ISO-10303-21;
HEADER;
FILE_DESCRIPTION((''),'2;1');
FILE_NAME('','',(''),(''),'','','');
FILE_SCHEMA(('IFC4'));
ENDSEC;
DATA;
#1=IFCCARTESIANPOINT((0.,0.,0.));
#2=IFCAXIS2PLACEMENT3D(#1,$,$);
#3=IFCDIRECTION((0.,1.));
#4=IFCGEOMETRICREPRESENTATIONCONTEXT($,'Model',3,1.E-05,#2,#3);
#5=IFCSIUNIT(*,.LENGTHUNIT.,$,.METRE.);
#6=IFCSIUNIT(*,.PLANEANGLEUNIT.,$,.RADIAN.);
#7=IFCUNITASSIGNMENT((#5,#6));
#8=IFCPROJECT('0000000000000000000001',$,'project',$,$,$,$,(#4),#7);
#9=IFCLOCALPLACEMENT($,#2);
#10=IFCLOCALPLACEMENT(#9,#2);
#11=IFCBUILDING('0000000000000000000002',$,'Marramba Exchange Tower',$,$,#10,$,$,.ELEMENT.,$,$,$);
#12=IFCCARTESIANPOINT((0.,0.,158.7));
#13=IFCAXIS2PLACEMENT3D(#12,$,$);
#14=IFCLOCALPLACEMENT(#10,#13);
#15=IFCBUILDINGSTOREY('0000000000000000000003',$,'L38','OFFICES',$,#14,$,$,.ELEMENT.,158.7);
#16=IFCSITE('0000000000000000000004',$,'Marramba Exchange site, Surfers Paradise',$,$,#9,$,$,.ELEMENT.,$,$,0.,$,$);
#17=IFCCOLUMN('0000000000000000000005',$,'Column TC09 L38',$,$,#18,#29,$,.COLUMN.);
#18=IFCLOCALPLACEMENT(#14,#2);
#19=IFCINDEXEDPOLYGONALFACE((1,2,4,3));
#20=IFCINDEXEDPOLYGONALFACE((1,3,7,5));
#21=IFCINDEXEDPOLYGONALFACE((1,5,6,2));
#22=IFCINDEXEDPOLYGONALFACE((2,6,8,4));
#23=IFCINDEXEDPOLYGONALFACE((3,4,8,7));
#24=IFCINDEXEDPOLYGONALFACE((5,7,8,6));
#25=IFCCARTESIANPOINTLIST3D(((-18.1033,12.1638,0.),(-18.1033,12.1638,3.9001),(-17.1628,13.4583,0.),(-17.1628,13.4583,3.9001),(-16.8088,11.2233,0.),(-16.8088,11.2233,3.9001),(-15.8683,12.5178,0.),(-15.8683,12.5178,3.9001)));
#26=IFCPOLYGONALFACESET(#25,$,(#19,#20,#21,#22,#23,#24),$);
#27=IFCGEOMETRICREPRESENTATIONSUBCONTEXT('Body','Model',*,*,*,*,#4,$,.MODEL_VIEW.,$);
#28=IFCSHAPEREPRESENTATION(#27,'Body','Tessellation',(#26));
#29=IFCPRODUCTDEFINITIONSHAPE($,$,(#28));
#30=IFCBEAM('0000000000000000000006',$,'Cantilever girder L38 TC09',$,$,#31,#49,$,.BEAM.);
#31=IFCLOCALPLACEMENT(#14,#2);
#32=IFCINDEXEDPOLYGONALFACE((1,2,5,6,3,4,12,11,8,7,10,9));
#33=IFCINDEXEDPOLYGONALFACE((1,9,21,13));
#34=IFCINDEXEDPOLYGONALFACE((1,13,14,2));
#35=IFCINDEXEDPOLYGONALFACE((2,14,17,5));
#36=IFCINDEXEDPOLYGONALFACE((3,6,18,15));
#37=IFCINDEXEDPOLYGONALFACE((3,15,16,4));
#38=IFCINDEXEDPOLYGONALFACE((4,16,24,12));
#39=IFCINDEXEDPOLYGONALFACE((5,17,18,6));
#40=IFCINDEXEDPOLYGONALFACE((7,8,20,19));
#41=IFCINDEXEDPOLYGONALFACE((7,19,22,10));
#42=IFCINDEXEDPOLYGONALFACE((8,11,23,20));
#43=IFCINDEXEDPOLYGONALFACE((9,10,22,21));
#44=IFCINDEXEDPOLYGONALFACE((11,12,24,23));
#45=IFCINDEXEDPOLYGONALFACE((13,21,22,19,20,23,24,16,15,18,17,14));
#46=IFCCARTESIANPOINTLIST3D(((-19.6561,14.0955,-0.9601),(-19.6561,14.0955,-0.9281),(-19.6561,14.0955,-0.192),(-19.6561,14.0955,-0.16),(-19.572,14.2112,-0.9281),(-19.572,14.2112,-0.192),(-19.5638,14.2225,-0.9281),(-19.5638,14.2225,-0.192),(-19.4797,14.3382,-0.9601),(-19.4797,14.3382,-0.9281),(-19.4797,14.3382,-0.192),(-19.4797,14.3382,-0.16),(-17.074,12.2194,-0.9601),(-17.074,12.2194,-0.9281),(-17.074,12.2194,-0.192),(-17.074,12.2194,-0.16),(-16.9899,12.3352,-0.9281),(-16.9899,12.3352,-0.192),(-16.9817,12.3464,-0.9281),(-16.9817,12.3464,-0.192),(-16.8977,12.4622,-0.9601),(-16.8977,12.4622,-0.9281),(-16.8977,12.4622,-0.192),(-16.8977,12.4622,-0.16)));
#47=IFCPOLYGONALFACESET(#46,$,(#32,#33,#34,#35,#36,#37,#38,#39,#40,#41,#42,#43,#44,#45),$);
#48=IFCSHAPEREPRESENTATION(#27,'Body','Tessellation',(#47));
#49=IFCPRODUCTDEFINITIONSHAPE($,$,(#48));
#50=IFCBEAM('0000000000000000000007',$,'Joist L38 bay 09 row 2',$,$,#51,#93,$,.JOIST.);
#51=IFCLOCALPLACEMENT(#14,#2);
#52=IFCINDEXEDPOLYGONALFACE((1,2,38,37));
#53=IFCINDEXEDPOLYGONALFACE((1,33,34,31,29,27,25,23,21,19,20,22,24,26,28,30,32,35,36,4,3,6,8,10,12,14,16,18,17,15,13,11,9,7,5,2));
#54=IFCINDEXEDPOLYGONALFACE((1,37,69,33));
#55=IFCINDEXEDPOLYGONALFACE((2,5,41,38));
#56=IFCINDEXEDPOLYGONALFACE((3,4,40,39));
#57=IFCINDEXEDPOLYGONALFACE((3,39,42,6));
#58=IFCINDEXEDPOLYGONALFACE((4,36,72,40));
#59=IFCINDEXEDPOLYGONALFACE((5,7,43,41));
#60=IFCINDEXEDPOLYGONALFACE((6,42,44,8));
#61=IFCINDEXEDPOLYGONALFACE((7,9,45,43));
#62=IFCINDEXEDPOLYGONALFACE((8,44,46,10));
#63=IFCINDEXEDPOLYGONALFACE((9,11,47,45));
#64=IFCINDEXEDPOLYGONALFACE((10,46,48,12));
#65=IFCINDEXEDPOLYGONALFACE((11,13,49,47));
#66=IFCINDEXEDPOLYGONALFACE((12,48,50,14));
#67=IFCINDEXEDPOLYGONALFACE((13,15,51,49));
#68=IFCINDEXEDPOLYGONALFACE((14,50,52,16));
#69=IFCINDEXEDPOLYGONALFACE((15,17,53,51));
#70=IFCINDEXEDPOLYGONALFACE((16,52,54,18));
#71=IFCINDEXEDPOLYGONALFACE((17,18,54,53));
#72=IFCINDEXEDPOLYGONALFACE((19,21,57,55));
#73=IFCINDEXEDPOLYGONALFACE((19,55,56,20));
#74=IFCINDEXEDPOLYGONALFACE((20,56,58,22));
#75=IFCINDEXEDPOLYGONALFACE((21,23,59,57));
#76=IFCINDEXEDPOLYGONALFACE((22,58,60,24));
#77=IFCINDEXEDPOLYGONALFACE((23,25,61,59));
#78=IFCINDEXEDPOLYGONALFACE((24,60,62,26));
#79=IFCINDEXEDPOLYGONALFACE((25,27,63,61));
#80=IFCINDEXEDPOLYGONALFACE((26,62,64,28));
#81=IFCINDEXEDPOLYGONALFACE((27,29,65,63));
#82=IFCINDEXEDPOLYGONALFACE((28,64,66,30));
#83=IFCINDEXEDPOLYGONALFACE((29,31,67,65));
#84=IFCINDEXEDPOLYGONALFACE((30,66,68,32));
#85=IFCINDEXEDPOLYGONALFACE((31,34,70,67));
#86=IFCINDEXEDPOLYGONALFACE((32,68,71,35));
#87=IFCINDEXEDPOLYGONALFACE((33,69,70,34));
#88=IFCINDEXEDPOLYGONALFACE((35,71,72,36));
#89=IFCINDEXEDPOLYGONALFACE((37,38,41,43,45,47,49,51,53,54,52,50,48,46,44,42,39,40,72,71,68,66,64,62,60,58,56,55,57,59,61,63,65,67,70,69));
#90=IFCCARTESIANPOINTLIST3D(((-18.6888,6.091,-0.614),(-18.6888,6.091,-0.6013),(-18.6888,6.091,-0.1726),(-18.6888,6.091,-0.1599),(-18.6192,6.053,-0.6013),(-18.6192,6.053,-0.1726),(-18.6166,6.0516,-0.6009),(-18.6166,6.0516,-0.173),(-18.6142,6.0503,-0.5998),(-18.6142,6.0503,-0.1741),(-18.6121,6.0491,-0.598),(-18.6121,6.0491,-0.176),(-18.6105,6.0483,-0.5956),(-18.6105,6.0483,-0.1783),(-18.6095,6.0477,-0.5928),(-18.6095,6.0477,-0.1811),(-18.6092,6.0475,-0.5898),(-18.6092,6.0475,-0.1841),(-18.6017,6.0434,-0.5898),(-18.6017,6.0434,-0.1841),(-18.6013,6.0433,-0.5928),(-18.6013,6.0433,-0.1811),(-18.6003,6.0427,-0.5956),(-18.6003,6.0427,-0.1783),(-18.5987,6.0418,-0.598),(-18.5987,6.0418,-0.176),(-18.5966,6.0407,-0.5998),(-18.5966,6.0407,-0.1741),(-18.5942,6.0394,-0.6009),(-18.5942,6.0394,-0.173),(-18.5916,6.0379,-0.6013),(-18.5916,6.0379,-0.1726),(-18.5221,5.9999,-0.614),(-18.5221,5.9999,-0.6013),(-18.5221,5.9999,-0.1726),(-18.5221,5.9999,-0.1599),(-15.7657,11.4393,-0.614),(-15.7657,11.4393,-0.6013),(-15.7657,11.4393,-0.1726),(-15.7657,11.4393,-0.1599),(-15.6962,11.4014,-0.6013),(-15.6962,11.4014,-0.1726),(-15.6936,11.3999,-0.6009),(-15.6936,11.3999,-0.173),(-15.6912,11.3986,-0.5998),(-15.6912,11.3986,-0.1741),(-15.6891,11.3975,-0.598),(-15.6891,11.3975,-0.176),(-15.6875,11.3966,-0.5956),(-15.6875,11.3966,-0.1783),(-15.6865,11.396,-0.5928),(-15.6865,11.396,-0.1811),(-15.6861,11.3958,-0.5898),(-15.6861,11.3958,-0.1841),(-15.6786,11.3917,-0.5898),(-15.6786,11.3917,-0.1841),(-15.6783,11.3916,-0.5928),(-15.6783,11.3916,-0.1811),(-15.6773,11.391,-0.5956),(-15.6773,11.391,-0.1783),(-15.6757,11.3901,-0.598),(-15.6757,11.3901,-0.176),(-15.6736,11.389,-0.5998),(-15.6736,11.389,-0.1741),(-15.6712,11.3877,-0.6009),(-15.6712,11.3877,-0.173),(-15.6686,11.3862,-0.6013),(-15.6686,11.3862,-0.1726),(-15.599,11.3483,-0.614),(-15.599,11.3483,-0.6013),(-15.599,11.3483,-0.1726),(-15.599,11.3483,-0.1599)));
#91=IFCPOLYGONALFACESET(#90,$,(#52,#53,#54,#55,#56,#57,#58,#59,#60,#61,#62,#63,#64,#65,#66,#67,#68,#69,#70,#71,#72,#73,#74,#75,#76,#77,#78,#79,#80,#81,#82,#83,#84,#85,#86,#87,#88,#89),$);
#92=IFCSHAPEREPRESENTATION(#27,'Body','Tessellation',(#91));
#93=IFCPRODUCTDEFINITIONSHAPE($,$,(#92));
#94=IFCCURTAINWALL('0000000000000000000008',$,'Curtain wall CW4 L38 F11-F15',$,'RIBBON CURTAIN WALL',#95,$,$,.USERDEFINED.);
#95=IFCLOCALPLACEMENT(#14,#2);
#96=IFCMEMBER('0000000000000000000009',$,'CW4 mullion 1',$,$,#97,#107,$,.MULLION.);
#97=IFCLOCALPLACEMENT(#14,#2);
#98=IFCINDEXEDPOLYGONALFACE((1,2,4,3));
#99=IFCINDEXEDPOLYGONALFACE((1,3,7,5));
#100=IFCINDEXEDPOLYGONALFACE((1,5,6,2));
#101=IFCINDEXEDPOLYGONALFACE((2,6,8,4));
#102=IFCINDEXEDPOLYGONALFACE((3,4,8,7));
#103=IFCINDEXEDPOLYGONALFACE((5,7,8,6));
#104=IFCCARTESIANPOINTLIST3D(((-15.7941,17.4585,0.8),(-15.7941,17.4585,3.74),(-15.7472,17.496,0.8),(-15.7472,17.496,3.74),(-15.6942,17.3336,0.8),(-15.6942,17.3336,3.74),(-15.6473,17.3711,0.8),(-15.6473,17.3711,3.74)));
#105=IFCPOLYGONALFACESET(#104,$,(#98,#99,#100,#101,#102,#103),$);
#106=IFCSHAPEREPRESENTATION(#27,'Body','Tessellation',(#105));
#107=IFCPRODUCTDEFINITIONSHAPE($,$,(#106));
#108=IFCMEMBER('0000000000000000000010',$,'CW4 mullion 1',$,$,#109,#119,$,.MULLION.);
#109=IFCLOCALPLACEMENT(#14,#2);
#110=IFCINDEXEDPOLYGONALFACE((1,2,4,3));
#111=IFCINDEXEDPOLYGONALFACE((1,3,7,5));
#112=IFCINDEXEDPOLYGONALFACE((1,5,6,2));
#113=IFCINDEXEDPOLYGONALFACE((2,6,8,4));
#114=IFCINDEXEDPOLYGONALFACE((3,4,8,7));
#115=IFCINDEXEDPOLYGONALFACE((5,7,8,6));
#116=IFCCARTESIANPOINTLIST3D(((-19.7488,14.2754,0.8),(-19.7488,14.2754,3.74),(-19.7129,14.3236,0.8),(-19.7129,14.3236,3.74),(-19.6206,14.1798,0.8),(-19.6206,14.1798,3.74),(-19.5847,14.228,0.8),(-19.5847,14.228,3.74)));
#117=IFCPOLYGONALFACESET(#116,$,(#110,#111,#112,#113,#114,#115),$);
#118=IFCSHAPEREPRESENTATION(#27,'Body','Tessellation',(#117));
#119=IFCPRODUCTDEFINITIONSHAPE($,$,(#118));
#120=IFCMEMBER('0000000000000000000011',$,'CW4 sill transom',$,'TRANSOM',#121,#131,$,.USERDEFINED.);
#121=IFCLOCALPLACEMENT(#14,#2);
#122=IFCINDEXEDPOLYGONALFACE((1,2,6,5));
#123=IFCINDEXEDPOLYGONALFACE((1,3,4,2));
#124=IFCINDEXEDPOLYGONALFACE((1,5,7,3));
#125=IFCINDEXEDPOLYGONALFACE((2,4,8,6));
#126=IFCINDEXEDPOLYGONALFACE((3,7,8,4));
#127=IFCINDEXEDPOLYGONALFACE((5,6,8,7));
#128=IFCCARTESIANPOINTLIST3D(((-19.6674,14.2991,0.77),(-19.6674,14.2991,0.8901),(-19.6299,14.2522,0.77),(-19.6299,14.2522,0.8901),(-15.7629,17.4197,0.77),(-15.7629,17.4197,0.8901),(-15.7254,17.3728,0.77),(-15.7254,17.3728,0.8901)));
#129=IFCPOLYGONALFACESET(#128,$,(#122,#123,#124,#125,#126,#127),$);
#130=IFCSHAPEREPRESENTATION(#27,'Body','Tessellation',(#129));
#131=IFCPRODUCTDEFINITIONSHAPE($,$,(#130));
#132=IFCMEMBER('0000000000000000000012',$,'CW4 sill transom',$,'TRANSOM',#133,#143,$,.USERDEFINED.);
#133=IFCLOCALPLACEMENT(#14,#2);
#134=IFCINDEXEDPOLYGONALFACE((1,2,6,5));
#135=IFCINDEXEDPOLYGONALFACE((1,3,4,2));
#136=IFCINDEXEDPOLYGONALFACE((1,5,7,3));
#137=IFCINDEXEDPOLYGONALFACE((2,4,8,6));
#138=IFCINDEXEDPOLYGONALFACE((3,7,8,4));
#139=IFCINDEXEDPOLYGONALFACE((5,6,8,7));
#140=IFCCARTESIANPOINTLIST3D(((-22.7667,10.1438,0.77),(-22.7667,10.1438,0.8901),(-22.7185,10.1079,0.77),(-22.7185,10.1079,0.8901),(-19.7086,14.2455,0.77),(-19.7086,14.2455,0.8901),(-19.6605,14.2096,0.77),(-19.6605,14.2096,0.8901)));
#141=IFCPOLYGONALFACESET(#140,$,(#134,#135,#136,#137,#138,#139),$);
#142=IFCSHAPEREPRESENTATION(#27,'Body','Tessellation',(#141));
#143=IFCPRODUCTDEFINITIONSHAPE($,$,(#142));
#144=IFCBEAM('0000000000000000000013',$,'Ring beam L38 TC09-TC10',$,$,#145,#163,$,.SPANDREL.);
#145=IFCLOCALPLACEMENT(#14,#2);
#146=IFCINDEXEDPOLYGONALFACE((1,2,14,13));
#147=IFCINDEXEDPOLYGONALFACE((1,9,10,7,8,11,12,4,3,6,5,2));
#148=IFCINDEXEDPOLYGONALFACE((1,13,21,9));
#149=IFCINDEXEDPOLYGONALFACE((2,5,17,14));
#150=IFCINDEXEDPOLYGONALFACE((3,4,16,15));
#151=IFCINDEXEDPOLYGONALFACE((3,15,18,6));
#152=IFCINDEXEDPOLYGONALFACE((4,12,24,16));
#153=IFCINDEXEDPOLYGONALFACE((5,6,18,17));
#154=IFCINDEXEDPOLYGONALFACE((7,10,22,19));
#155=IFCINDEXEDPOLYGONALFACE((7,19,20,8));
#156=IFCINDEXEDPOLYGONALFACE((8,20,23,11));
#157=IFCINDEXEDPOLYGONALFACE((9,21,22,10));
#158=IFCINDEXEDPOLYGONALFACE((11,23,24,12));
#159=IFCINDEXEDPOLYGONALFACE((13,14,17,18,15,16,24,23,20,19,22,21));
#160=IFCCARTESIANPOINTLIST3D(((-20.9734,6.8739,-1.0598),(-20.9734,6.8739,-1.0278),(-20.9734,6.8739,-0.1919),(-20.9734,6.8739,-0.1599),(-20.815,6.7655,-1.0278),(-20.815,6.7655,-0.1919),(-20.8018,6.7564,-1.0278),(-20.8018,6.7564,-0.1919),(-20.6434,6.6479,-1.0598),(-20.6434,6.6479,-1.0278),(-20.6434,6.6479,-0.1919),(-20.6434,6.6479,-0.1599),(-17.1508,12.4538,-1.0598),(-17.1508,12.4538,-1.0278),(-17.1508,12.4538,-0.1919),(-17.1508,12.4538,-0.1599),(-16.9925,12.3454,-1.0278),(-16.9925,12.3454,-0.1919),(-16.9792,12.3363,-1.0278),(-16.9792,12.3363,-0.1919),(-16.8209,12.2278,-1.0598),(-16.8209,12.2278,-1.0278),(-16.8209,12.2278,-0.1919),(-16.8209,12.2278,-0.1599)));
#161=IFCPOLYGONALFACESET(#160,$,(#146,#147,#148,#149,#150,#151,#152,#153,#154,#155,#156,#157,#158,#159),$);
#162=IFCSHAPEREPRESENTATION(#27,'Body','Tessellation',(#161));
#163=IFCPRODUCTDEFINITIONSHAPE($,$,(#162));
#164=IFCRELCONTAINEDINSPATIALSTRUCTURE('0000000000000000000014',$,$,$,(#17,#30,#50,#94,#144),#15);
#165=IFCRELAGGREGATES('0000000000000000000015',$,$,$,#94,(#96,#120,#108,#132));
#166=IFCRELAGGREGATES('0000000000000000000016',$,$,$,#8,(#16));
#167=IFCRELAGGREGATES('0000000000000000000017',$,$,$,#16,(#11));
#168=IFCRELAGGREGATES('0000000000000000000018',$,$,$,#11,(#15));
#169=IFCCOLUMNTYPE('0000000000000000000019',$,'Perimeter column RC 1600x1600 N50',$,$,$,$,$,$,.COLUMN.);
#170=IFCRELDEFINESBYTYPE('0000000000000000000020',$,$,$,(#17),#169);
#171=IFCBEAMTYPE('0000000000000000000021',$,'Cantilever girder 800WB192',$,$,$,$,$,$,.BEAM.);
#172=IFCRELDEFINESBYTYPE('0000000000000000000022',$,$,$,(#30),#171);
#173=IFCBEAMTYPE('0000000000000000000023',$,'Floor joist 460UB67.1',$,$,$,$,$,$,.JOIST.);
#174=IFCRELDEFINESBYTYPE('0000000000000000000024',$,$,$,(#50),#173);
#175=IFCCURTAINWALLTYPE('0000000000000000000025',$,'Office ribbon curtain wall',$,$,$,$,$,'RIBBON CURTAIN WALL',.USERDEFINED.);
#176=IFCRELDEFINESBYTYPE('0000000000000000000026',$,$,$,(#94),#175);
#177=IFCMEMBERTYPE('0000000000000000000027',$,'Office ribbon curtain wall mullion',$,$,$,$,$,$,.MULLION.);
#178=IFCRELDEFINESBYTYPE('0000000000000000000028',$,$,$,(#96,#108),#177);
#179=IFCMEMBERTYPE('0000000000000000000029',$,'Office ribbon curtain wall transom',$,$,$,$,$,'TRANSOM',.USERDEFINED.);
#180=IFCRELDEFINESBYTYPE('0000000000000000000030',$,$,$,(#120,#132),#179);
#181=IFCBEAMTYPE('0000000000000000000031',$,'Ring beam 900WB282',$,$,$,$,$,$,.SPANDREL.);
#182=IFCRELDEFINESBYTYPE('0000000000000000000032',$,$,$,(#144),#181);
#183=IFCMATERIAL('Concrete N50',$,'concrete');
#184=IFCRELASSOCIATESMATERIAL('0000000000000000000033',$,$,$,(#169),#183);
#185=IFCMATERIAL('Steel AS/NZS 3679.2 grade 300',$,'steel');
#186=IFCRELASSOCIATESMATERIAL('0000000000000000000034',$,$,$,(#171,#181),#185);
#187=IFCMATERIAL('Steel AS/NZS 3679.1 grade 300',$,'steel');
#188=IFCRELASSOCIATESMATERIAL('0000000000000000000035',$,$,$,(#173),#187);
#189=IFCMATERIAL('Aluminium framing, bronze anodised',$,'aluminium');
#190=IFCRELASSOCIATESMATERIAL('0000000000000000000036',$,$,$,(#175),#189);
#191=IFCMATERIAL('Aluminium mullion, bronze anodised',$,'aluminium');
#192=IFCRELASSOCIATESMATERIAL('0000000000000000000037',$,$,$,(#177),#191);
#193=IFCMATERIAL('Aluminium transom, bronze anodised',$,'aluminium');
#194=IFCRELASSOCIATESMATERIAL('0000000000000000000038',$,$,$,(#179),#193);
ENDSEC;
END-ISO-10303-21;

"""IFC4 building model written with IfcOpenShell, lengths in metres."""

from ifc_helpers import new_model, si_unit, direction, frame, origin, origin_2d, place, context, subcontext, project, spatial, rectangle, i_section, extrude, material, material_profile, profile_set, type_object, element, aggregate, save


model = new_model("IFC4")

# Units and contexts
model_context = context("Model", 3, precision=1e-05, world=origin(), true_north=direction((0.0, 1.0)))
body_context = subcontext(model_context, "Body", "Model", "MODEL_VIEW")
ifc_project = project(units=[si_unit("LENGTHUNIT", "METRE"), si_unit("PLANEANGLEUNIT", "RADIAN")], contexts=[model_context])

# Site, building, storey
site_placement = place(None, origin())
site = spatial("IfcSite", under=ifc_project, at=site_placement, Name="Marramba Exchange site, Surfers Paradise", CompositionType="ELEMENT", RefElevation=0.0)
building_placement = place(site_placement, origin())
building = spatial("IfcBuilding", under=site, at=building_placement, Name="Marramba Exchange Tower", CompositionType="ELEMENT")
storey_placement = place(building_placement, frame((0.0, 0.0, 158.7)))
storey = spatial("IfcBuildingStorey", under=building, at=storey_placement, Name="L38", Description="OFFICES", CompositionType="ELEMENT", Elevation=158.7)

# Column
ifc_material_1 = material(Name="Concrete N50", Category="concrete")
ifc_material_profile_1 = material_profile(ifc_material_1, rectangle(XDim=1.6001, YDim=1.6001, at=origin_2d()), Name="RC 1600x1600")
ifc_profile_set_1 = profile_set([ifc_material_profile_1], Name="Concrete N50")
column_type = type_object("IfcColumnType", Name="Perimeter column RC 1600x1600 N50", PredefinedType="COLUMN", material=ifc_profile_set_1)
column_placement = place(storey_placement, frame((-16.9858, 12.3408, 0.0), z_axis=(0.0, 0.0, 1.0), x_axis=(-0.809017, 0.587785, 0.0)))
element("IfcColumn", 1, at=column_placement, inside=storey, type_object=column_type, Name="Column TC09 L38", PredefinedType="COLUMN", context=body_context, shape_type="SweptSolid", body=[
    extrude(rectangle(XDim=1.6001, YDim=1.6001, at=origin_2d()), origin(), (0.0, 0.0, 1.0), 3.9001),
])

# Beams
ifc_material_2 = material(Name="Steel AS/NZS 3679.2 grade 300", Category="steel")
ifc_material_profile_2 = material_profile(ifc_material_2, i_section(OverallWidth=0.3, OverallDepth=0.8, WebThickness=0.0139, FlangeThickness=0.032, at=origin_2d()), Name="800WB192")
ifc_profile_set_2 = profile_set([ifc_material_profile_2], Name="Steel AS/NZS 3679.2 grade 300")
beam_type_1 = type_object("IfcBeamType", Name="Cantilever girder 800WB192", PredefinedType="BEAM", material=ifc_profile_set_2)
beam_1_placement = place(storey_placement, frame((-16.9858, 12.3408, -0.5601), z_axis=(-0.809014, 0.58779, 0.0), x_axis=(-0.58779, -0.809014, 0.0)))
element("IfcBeam", 2, at=beam_1_placement, inside=storey, type_object=beam_type_1, Name="Cantilever girder L38 TC09", PredefinedType="BEAM", context=body_context, shape_type="SweptSolid", body=[
    extrude(i_section(OverallWidth=0.3, OverallDepth=0.8, WebThickness=0.0139, FlangeThickness=0.032, at=origin_2d()), origin(), (0.0, 0.0, 1.0), 3.1917),
])
ifc_material_3 = material(Name="Steel AS/NZS 3679.1 grade 300", Category="steel")
ifc_material_profile_3 = material_profile(ifc_material_3, i_section(OverallWidth=0.1899, OverallDepth=0.4541, WebThickness=0.0085, FlangeThickness=0.0127, FilletRadius=0.0115, at=origin_2d()), Name="460UB67.1")
ifc_profile_set_3 = profile_set([ifc_material_profile_3], Name="Steel AS/NZS 3679.1 grade 300")
beam_type_2 = type_object("IfcBeamType", Name="Floor joist 460UB67.1", PredefinedType="JOIST", material=ifc_profile_set_3)
beam_2_placement = place(storey_placement, frame((-15.6824, 11.3938, -0.387), z_axis=(-0.479584, -0.877496, 0.0), x_axis=(0.877496, -0.479584, 0.0)))
element("IfcBeam", 3, at=beam_2_placement, inside=storey, type_object=beam_type_2, Name="Joist L38 bay 09 row 2", PredefinedType="JOIST", context=body_context, shape_type="SweptSolid", body=[
    extrude(i_section(OverallWidth=0.1899, OverallDepth=0.4541, WebThickness=0.0085, FlangeThickness=0.0127, FilletRadius=0.0115, at=origin_2d()), origin(), (0.0, 0.0, 1.0), 6.095),
])

# Curtain wall, members
ifc_material_4 = material(Name="Aluminium framing, bronze anodised", Category="aluminium")
curtain_wall_type = type_object("IfcCurtainWallType", Name="Office ribbon curtain wall", ElementType="RIBBON CURTAIN WALL", PredefinedType="USERDEFINED", material=ifc_material_4)
curtain_wall_placement = place(storey_placement, origin())
curtain_wall = element("IfcCurtainWall", 4, at=curtain_wall_placement, inside=storey, type_object=curtain_wall_type, Name="Curtain wall CW4 L38 F11-F15", ObjectType="RIBBON CURTAIN WALL", PredefinedType="USERDEFINED")
ifc_material_5 = material(Name="Aluminium mullion, bronze anodised", Category="aluminium")
ifc_material_profile_4 = material_profile(ifc_material_5, rectangle(XDim=0.1599, YDim=0.0601, at=origin_2d()), Name="CW4 mullion 60x160")
ifc_profile_set_4 = profile_set([ifc_material_profile_4], Name="Aluminium mullion, bronze anodised")
member_type_1 = type_object("IfcMemberType", Name="Office ribbon curtain wall mullion", PredefinedType="MULLION", material=ifc_profile_set_4)
member_1_placement = place(storey_placement, frame((-15.7207, 17.4148, 0.8), z_axis=(0.0, 0.0, 1.0), x_axis=(0.624308, -0.781178, 0.0)))
member_1 = element("IfcMember", 5, at=member_1_placement, type_object=member_type_1, Name="CW4 mullion 1", PredefinedType="MULLION", context=body_context, shape_type="SweptSolid", body=[
    extrude(rectangle(XDim=0.1599, YDim=0.0601, at=origin_2d()), origin(), (0.0, 0.0, 1.0), 2.9399),
])
member_2_placement = place(storey_placement, frame((-19.6667, 14.2517, 0.8), z_axis=(0.0, 0.0, 1.0), x_axis=(0.801717, -0.597704, 0.0)))
member_2 = element("IfcMember", 6, at=member_2_placement, type_object=member_type_1, Name="CW4 mullion 1", PredefinedType="MULLION", context=body_context, shape_type="SweptSolid", body=[
    extrude(rectangle(XDim=0.1599, YDim=0.0601, at=origin_2d()), origin(), (0.0, 0.0, 1.0), 2.9399),
])
ifc_material_6 = material(Name="Aluminium transom, bronze anodised", Category="aluminium")
ifc_material_profile_5 = material_profile(ifc_material_6, rectangle(XDim=0.0601, YDim=0.1201, at=origin_2d()), Name="CW4 transom 60x120")
ifc_profile_set_5 = profile_set([ifc_material_profile_5], Name="Aluminium transom, bronze anodised")
member_type_2 = type_object("IfcMemberType", Name="Office ribbon curtain wall transom", ElementType="TRANSOM", PredefinedType="USERDEFINED", material=ifc_profile_set_5)
member_3_placement = place(storey_placement, frame((-15.7441, 17.3962, 0.8301), z_axis=(-0.781164, -0.624326, 0.0), x_axis=(0.624326, -0.781164, 0.0)))
member_3 = element("IfcMember", 7, at=member_3_placement, type_object=member_type_2, Name="CW4 sill transom", ObjectType="TRANSOM", PredefinedType="USERDEFINED", context=body_context, shape_type="SweptSolid", body=[
    extrude(rectangle(XDim=0.0601, YDim=0.1201, at=origin_2d()), origin(), (0.0, 0.0, 1.0), 4.9983),
])
member_4_placement = place(storey_placement, frame((-19.6846, 14.2275, 0.8301), z_axis=(-0.597715, -0.801709, 0.0), x_axis=(0.801709, -0.597715, 0.0)))
member_4 = element("IfcMember", 8, at=member_4_placement, type_object=member_type_2, Name="CW4 sill transom", ObjectType="TRANSOM", PredefinedType="USERDEFINED", context=body_context, shape_type="SweptSolid", body=[
    extrude(rectangle(XDim=0.0601, YDim=0.1201, at=origin_2d()), origin(), (0.0, 0.0, 1.0), 5.1162),
])

# Beam
ifc_material_profile_6 = material_profile(ifc_material_2, i_section(OverallWidth=0.3999, OverallDepth=0.8999, WebThickness=0.0161, FlangeThickness=0.032, at=origin_2d()), Name="900WB282")
ifc_profile_set_6 = profile_set([ifc_material_profile_6], Name="Steel AS/NZS 3679.2 grade 300")
beam_type_3 = type_object("IfcBeamType", Name="Ring beam 900WB282", PredefinedType="SPANDREL", material=ifc_profile_set_6)
beam_3_placement = place(storey_placement, frame((-16.9858, 12.3408, -0.6099), z_axis=(-0.56516, -0.824981, 0.0), x_axis=(0.824981, -0.56516, 0.0)))
element("IfcBeam", 9, at=beam_3_placement, inside=storey, type_object=beam_type_3, Name="Ring beam L38 TC09-TC10", PredefinedType="SPANDREL", context=body_context, shape_type="SweptSolid", body=[
    extrude(i_section(OverallWidth=0.3999, OverallDepth=0.8999, WebThickness=0.0161, FlangeThickness=0.032, at=origin_2d()), origin(), (0.0, 0.0, 1.0), 6.7637),
])

aggregate(curtain_wall, [member_1, member_3, member_2, member_4])

save(model, "model.ifc")
